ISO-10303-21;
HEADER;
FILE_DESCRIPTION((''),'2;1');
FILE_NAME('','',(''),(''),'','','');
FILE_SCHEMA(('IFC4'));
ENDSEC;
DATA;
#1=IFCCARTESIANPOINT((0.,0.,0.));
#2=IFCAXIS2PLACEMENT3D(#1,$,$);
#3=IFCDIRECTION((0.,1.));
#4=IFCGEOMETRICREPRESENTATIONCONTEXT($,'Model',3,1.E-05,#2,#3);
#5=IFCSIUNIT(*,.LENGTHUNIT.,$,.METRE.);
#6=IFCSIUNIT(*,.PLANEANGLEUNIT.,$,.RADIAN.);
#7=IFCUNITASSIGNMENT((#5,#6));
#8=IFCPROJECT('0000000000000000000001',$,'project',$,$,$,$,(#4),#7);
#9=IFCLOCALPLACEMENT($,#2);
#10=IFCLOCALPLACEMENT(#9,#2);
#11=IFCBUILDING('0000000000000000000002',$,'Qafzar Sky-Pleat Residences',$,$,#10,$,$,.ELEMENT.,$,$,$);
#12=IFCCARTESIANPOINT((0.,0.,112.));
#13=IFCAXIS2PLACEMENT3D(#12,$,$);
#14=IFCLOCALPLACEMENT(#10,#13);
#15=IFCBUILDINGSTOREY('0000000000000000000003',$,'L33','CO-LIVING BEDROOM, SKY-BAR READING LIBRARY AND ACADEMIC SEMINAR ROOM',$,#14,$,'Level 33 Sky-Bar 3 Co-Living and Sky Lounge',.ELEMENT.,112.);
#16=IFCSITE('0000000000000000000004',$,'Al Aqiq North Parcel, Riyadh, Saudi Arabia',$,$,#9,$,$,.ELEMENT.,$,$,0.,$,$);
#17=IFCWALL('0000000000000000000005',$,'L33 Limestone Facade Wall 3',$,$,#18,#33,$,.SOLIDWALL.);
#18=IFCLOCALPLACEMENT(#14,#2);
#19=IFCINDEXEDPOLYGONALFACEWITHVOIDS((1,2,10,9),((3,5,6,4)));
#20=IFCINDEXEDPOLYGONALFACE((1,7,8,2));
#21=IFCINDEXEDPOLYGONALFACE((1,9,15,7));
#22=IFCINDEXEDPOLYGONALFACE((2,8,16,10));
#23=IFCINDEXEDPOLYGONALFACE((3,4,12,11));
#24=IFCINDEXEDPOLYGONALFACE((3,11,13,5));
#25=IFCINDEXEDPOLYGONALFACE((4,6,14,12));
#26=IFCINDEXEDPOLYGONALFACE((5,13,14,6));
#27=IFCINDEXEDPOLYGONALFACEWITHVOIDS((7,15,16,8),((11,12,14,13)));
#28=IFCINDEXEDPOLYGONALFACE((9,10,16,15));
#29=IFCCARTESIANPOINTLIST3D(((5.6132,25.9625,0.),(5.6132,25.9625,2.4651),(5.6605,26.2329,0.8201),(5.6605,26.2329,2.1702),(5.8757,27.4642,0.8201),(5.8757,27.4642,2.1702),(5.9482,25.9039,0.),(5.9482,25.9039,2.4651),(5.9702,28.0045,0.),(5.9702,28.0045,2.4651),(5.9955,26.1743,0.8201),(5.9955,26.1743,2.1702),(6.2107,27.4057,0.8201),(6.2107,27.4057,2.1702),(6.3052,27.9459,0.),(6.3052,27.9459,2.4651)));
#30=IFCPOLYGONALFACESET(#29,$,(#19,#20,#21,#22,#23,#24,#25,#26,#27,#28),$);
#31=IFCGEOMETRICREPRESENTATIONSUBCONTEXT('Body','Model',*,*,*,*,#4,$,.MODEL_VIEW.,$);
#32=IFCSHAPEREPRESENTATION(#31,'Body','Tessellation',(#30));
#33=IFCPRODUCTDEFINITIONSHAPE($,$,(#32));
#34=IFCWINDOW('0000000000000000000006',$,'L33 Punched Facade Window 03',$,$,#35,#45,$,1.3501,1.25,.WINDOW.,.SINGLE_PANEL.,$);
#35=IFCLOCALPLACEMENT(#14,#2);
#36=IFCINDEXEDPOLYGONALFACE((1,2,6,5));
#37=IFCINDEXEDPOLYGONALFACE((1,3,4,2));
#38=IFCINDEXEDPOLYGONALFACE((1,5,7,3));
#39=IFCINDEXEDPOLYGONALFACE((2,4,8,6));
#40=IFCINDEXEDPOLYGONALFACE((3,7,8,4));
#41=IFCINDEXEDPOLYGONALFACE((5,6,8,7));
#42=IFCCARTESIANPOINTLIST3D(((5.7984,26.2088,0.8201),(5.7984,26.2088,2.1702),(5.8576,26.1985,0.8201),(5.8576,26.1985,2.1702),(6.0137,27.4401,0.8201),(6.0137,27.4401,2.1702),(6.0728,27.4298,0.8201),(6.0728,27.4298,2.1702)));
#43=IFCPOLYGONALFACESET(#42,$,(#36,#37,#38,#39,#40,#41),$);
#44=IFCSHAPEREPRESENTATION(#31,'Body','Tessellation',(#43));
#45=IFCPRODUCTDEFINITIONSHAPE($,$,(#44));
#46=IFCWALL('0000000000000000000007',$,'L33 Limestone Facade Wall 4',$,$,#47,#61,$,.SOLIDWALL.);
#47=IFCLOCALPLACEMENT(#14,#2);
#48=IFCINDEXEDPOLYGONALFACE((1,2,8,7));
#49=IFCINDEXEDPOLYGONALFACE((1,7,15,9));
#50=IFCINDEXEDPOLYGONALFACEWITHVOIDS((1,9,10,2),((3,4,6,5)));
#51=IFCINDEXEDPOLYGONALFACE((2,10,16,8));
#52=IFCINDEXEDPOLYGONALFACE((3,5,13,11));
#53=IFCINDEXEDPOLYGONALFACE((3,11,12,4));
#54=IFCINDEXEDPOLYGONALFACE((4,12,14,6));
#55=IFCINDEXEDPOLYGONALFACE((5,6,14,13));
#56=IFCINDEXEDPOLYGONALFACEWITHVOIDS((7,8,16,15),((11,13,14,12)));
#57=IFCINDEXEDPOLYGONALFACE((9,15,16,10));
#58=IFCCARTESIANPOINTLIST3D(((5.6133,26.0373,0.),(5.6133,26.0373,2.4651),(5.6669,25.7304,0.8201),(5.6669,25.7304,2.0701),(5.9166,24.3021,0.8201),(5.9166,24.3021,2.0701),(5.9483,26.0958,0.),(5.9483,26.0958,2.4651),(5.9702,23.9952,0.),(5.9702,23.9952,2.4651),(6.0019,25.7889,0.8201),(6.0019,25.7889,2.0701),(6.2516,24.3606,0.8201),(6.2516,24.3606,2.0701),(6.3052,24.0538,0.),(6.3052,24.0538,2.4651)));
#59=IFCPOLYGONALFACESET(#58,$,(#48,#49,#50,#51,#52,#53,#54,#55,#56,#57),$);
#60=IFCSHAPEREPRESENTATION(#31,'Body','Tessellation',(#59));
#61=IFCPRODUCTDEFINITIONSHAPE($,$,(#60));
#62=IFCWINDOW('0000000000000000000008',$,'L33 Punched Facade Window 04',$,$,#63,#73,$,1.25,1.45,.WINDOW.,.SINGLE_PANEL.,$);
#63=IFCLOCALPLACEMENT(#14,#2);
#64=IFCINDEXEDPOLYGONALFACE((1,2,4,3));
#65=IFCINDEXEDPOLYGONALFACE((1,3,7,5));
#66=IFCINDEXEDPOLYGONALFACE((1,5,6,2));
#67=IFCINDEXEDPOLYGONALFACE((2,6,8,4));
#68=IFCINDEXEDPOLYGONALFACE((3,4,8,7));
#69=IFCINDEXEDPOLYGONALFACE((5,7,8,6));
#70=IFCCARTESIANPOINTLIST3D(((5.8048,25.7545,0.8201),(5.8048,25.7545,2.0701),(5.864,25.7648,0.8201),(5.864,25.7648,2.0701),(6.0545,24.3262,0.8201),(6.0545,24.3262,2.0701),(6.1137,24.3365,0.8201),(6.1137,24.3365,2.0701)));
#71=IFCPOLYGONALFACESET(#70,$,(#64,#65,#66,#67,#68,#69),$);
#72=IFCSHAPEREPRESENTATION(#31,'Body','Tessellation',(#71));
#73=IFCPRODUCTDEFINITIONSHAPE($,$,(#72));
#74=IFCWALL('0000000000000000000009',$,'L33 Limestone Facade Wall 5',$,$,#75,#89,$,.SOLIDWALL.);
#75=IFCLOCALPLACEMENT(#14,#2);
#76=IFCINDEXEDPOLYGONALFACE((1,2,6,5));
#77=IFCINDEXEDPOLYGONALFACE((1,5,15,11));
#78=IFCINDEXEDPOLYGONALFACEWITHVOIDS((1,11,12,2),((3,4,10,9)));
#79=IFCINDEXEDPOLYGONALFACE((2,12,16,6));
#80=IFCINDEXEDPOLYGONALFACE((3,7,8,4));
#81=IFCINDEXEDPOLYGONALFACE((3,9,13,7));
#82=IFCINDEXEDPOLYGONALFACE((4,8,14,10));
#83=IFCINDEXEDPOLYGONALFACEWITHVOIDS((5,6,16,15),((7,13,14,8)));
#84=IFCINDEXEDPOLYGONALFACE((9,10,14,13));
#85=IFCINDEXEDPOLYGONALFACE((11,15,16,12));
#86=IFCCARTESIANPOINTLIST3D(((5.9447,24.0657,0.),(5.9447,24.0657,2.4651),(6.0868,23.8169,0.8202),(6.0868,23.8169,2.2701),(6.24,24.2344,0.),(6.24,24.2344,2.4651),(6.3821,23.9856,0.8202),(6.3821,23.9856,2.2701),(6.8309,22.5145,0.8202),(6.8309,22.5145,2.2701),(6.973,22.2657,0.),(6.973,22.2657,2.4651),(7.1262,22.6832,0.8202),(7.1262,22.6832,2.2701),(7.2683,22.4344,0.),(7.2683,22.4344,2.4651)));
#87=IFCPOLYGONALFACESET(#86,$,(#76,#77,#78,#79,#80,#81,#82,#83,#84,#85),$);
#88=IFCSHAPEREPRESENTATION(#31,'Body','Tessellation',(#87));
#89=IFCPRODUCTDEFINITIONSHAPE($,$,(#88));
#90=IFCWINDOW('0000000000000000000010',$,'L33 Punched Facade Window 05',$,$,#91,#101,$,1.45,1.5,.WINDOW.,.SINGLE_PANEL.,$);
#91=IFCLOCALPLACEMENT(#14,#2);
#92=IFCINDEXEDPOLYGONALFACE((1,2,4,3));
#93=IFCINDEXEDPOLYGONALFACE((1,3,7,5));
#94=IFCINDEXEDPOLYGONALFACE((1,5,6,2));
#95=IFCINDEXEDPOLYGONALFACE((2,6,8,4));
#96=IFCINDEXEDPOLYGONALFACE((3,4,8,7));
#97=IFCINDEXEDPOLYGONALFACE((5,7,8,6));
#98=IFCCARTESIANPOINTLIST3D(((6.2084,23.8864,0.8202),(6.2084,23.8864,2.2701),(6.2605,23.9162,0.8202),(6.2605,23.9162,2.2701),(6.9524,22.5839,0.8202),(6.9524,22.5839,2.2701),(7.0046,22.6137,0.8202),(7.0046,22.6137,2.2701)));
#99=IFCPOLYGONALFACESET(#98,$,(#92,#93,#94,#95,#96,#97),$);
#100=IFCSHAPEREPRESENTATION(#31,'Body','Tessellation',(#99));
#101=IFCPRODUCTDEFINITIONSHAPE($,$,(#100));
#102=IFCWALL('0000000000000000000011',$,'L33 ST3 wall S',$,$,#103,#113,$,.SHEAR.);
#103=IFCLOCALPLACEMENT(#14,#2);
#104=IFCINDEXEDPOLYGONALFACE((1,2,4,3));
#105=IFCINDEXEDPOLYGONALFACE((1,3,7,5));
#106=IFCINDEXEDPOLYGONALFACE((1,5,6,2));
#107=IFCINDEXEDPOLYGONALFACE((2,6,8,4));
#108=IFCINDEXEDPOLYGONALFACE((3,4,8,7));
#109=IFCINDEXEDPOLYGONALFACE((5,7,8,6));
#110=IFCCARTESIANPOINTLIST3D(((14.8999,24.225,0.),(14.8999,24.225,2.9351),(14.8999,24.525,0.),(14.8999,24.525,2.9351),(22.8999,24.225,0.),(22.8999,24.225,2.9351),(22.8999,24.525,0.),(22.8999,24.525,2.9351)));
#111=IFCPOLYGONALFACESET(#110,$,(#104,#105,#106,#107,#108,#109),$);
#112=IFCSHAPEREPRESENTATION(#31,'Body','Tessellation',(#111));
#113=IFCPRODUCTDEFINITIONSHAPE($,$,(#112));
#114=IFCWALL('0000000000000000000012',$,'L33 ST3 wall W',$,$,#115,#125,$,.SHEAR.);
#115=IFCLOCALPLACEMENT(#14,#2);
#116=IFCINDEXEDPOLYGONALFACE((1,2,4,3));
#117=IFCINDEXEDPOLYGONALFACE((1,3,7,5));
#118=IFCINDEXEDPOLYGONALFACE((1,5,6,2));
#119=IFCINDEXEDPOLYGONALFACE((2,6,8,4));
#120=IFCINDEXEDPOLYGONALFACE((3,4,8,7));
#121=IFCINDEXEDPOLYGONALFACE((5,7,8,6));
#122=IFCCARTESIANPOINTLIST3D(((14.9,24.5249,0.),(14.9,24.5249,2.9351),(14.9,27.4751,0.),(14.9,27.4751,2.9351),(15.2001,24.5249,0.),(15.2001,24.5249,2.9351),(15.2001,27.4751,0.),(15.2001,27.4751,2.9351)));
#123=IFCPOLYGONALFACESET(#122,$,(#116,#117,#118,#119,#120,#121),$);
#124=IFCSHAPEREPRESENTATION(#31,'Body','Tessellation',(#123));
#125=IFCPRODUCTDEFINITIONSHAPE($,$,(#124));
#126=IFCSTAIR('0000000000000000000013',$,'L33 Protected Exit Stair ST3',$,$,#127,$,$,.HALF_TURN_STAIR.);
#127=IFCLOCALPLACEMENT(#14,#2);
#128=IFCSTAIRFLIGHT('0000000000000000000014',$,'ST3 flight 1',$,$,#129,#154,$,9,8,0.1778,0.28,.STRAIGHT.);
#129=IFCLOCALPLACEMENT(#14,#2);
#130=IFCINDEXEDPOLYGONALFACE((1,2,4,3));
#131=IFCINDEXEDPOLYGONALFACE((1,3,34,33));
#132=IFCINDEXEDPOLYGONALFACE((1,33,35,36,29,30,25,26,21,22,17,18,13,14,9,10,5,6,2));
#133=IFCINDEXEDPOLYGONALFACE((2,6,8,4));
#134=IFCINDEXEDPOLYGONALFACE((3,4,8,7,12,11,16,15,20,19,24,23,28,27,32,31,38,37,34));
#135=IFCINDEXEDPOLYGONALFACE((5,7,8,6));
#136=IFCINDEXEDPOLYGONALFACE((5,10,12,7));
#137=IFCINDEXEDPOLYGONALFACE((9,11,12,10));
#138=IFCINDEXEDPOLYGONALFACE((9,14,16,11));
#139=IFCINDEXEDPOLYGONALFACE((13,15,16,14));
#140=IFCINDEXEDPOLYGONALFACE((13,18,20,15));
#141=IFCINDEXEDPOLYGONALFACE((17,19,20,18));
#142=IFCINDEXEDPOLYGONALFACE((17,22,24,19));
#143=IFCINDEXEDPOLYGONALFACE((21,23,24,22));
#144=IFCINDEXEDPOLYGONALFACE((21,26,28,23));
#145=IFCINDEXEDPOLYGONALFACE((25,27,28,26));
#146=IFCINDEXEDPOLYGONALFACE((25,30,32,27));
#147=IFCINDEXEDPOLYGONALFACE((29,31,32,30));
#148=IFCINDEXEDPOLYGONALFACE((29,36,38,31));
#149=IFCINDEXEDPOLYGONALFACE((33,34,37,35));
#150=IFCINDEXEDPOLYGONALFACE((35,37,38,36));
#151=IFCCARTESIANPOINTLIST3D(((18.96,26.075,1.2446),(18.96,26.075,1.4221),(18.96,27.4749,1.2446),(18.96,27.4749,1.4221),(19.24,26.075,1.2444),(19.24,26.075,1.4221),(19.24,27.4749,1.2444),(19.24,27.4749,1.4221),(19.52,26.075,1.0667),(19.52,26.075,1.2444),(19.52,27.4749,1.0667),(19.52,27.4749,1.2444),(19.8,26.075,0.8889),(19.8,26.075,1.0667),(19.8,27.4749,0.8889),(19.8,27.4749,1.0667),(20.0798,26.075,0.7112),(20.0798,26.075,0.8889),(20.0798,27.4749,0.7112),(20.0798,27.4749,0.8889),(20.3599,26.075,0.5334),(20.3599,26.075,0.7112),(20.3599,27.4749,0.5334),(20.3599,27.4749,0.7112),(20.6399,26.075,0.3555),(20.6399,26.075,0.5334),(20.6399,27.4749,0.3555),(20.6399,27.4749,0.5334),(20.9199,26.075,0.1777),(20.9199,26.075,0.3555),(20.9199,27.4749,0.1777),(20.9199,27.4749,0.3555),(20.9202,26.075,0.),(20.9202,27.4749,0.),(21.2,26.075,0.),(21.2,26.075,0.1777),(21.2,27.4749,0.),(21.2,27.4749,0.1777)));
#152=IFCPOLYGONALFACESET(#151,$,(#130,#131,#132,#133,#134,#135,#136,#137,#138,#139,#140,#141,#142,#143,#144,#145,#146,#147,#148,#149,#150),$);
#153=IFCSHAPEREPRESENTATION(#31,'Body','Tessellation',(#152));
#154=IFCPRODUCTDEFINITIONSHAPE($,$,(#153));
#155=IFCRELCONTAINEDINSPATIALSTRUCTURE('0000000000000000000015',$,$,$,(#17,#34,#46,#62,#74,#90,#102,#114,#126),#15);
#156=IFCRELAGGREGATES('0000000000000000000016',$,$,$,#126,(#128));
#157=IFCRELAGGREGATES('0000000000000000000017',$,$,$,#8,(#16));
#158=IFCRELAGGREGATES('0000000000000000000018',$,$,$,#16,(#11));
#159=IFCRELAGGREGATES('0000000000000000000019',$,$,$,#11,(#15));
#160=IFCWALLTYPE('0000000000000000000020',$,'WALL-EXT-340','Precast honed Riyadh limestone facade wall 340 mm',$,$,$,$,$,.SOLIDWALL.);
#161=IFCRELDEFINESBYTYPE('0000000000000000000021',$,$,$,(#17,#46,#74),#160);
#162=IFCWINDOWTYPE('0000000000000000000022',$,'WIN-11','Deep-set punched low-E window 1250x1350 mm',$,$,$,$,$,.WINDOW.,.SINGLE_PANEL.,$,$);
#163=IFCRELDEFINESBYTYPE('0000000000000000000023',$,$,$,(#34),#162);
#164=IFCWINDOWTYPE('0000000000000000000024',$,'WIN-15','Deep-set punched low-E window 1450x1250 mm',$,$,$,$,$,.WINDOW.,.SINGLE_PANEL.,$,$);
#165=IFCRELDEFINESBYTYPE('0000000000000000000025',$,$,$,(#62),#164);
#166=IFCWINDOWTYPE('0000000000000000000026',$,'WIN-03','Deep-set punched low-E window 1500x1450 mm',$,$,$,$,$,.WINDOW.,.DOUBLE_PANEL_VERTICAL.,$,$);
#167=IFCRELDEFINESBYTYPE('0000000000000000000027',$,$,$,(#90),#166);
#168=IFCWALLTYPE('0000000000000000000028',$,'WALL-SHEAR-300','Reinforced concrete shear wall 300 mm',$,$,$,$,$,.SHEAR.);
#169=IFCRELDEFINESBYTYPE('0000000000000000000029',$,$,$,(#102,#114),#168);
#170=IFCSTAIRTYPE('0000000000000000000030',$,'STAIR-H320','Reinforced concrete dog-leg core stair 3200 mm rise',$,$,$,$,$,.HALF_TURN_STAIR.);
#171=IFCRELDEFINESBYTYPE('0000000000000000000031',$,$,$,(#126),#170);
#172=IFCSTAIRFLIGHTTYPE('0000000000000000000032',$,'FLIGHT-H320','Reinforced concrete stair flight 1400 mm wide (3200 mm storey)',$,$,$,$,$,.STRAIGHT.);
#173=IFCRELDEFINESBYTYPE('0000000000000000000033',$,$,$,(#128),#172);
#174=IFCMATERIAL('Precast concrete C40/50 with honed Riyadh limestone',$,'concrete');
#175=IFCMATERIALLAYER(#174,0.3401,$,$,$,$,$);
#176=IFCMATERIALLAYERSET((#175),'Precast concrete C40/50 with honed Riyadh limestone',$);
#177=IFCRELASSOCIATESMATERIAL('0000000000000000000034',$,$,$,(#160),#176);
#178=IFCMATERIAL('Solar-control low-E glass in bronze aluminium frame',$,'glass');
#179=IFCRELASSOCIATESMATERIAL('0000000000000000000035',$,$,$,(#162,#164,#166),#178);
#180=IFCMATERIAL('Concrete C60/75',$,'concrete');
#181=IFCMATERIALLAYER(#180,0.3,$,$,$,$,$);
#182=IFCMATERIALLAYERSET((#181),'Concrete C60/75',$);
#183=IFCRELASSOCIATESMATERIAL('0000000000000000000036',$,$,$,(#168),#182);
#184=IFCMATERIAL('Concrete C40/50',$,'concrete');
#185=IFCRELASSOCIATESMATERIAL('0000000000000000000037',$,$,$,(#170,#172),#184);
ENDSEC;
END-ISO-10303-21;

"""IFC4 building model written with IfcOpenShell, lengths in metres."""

from ifc_helpers import new_model, si_unit, direction, frame, frame_2d, origin, place, context, subcontext, project, spatial, polyline, rectangle, outline, extrude, source, transform, mapped, material, layer, layer_set, type_object, element, fill, aggregate, save


model = new_model("IFC4")

# Units and contexts
model_context = context("Model", 3, precision=1e-05, world=origin(), true_north=direction((0.0, 1.0)))
body_context = subcontext(model_context, "Body", "Model", "MODEL_VIEW")
ifc_project = project(units=[si_unit("LENGTHUNIT", "METRE"), si_unit("PLANEANGLEUNIT", "RADIAN")], contexts=[model_context])

# Site, building, storey
site_placement = place(None, origin())
site = spatial("IfcSite", under=ifc_project, at=site_placement, Name="Al Aqiq North Parcel, Riyadh, Saudi Arabia", CompositionType="ELEMENT", RefElevation=0.0)
building_placement = place(site_placement, origin())
building = spatial("IfcBuilding", under=site, at=building_placement, Name="Qafzar Sky-Pleat Residences", CompositionType="ELEMENT")
storey_placement = place(building_placement, frame((0.0, 0.0, 112.0)))
storey = spatial("IfcBuildingStorey", under=building, at=storey_placement, Name="L33", Description="CO-LIVING BEDROOM, SKY-BAR READING LIBRARY AND ACADEMIC SEMINAR ROOM", LongName="Level 33 Sky-Bar 3 Co-Living and Sky Lounge", CompositionType="ELEMENT", Elevation=112.0)

# Walls, openings, windows
ifc_material_1 = material(Name="Precast concrete C40/50 with honed Riyadh limestone", Category="concrete")
ifc_layer_1 = layer(ifc_material_1, 0.3401)
ifc_layer_set_1 = layer_set([ifc_layer_1], Name="Precast concrete C40/50 with honed Riyadh limestone")
wall_type_1 = type_object("IfcWallType", Name="WALL-EXT-340", Description="Precast honed Riyadh limestone facade wall 340 mm", PredefinedType="SOLIDWALL", material=ifc_layer_set_1)
ifc_material_2 = material(Name="Solar-control low-E glass in bronze aluminium frame", Category="glass")
wall_1_placement = place(storey_placement, frame((6.1377, 27.9753, 0.0), z_axis=(0.0, 0.0, 1.0), x_axis=(-0.172186, -0.985064, 0.0)))
wall_1 = element("IfcWall", 1, at=wall_1_placement, inside=storey, type_object=wall_type_1, Name="L33 Limestone Facade Wall 3", PredefinedType="SOLIDWALL", context=body_context, shape_type="SweptSolid", body=[
    extrude(rectangle(XDim=2.073, YDim=0.3401, at=frame_2d((1.0366, 0.0))), origin(), (0.0, 0.0, 1.0), 2.4651),
])
opening_1_placement = place(wall_1_placement, frame((0.5486, 0.0, 0.8201)))
opening_1 = element("IfcOpeningElement", 2, at=opening_1_placement, cuts=wall_1, PredefinedType="OPENING", context=body_context, shape_type="SweptSolid", body=[
    extrude(rectangle(XDim=1.25, YDim=1.3501, at=frame_2d((0.625, 0.675))), frame((0.0, 0.1802, 0.0), z_axis=(0.0, -1.0, 0.0), x_axis=(1.0, 0.0, 0.0)), (0.0, 0.0, 1.0), 0.3601),
])
window_type_1 = type_object("IfcWindowType", Name="WIN-11", Description="Deep-set punched low-E window 1250x1350 mm", PartitioningType="SINGLE_PANEL", PredefinedType="WINDOW", material=ifc_material_2)
shared_shape_1 = source(origin(), body_context, "Body", "SweptSolid", [
    extrude(rectangle(XDim=1.25, YDim=1.3501, at=frame_2d((0.625, 0.675))), frame((0.0, 0.03, 0.0), z_axis=(0.0, -1.0, 0.0), x_axis=(1.0, 0.0, 0.0)), (0.0, 0.0, 1.0), 0.0601),
])
window_1_placement = place(opening_1_placement, origin())
window_1 = element("IfcWindow", 3, at=window_1_placement, inside=storey, type_object=window_type_1, Name="L33 Punched Facade Window 03", OverallHeight=1.3501, OverallWidth=1.25, PartitioningType="SINGLE_PANEL", PredefinedType="WINDOW", context=body_context, shape_type="MappedRepresentation", body=[
    mapped(shared_shape_1, transform((0.0, 0.0, 0.0), x_axis=(1.0, 0.0, 0.0), y_axis=(0.0, 1.0, 0.0), z_axis=(0.0, 0.0, 1.0), scale=1.0)),
])
fill(opening_1, window_1)
wall_2_placement = place(storey_placement, frame((5.7808, 26.0667, 0.0), z_axis=(0.0, 0.0, 1.0), x_axis=(0.172186, -0.985064, 0.0)))
wall_2 = element("IfcWall", 4, at=wall_2_placement, inside=storey, type_object=wall_type_1, Name="L33 Limestone Facade Wall 4", PredefinedType="SOLIDWALL", context=body_context, shape_type="SweptSolid", body=[
    extrude(rectangle(XDim=2.073, YDim=0.3401, at=frame_2d((1.0366, 0.0))), origin(), (0.0, 0.0, 1.0), 2.4651),
])
opening_2_placement = place(wall_2_placement, frame((0.3115, 0.0, 0.8201)))
opening_2 = element("IfcOpeningElement", 5, at=opening_2_placement, cuts=wall_2, PredefinedType="OPENING", context=body_context, shape_type="SweptSolid", body=[
    extrude(rectangle(XDim=1.45, YDim=1.25, at=frame_2d((0.7251, 0.625))), frame((0.0, 0.1802, 0.0), z_axis=(0.0, -1.0, 0.0), x_axis=(1.0, 0.0, 0.0)), (0.0, 0.0, 1.0), 0.3601),
])
window_type_2 = type_object("IfcWindowType", Name="WIN-15", Description="Deep-set punched low-E window 1450x1250 mm", PartitioningType="SINGLE_PANEL", PredefinedType="WINDOW", material=ifc_material_2)
shared_shape_2 = source(origin(), body_context, "Body", "SweptSolid", [
    extrude(rectangle(XDim=1.45, YDim=1.25, at=frame_2d((0.7251, 0.625))), frame((0.0, 0.03, 0.0), z_axis=(0.0, -1.0, 0.0), x_axis=(1.0, 0.0, 0.0)), (0.0, 0.0, 1.0), 0.0601),
])
window_2_placement = place(opening_2_placement, origin())
window_2 = element("IfcWindow", 6, at=window_2_placement, inside=storey, type_object=window_type_2, Name="L33 Punched Facade Window 04", OverallHeight=1.25, OverallWidth=1.45, PartitioningType="SINGLE_PANEL", PredefinedType="WINDOW", context=body_context, shape_type="MappedRepresentation", body=[
    mapped(shared_shape_2, transform((0.0, 0.0, 0.0), x_axis=(1.0, 0.0, 0.0), y_axis=(0.0, 1.0, 0.0), z_axis=(0.0, 0.0, 1.0), scale=1.0)),
])
fill(opening_2, window_2)
wall_3_placement = place(storey_placement, frame((6.0923, 24.1501, 0.0), z_axis=(0.0, 0.0, 1.0), x_axis=(0.496037, -0.868301, 0.0)))
wall_3 = element("IfcWall", 7, at=wall_3_placement, inside=storey, type_object=wall_type_1, Name="L33 Limestone Facade Wall 5", PredefinedType="SOLIDWALL", context=body_context, shape_type="SweptSolid", body=[
    extrude(rectangle(XDim=2.073, YDim=0.3401, at=frame_2d((1.0366, 0.0))), origin(), (0.0, 0.0, 1.0), 2.4651),
])
opening_3_placement = place(wall_3_placement, frame((0.2866, 0.0, 0.8201)))
opening_3 = element("IfcOpeningElement", 8, at=opening_3_placement, cuts=wall_3, PredefinedType="OPENING", context=body_context, shape_type="SweptSolid", body=[
    extrude(rectangle(XDim=1.5, YDim=1.45, at=frame_2d((0.75, 0.7251))), frame((0.0, 0.1802, 0.0), z_axis=(0.0, -1.0, 0.0), x_axis=(1.0, 0.0, 0.0)), (0.0, 0.0, 1.0), 0.3601),
])
window_type_3 = type_object("IfcWindowType", Name="WIN-03", Description="Deep-set punched low-E window 1500x1450 mm", PartitioningType="DOUBLE_PANEL_VERTICAL", PredefinedType="WINDOW", material=ifc_material_2)
shared_shape_3 = source(origin(), body_context, "Body", "SweptSolid", [
    extrude(rectangle(XDim=1.5, YDim=1.45, at=frame_2d((0.75, 0.7251))), frame((0.0, 0.03, 0.0), z_axis=(0.0, -1.0, 0.0), x_axis=(1.0, 0.0, 0.0)), (0.0, 0.0, 1.0), 0.0601),
])
window_3_placement = place(opening_3_placement, origin())
window_3 = element("IfcWindow", 9, at=window_3_placement, inside=storey, type_object=window_type_3, Name="L33 Punched Facade Window 05", OverallHeight=1.45, OverallWidth=1.5, PartitioningType="SINGLE_PANEL", PredefinedType="WINDOW", context=body_context, shape_type="MappedRepresentation", body=[
    mapped(shared_shape_3, transform((0.0, 0.0, 0.0), x_axis=(1.0, 0.0, 0.0), y_axis=(0.0, 1.0, 0.0), z_axis=(0.0, 0.0, 1.0), scale=1.0)),
])
fill(opening_3, window_3)

# Walls
ifc_material_3 = material(Name="Concrete C60/75", Category="concrete")
ifc_layer_2 = layer(ifc_material_3, 0.3)
ifc_layer_set_2 = layer_set([ifc_layer_2], Name="Concrete C60/75")
wall_type_2 = type_object("IfcWallType", Name="WALL-SHEAR-300", Description="Reinforced concrete shear wall 300 mm", PredefinedType="SHEAR", material=ifc_layer_set_2)
wall_4_placement = place(storey_placement, frame((14.8999, 24.375, 0.0), z_axis=(0.0, 0.0, 1.0), x_axis=(1.0, 0.0, 0.0)))
element("IfcWall", 10, at=wall_4_placement, inside=storey, type_object=wall_type_2, Name="L33 ST3 wall S", PredefinedType="SHEAR", context=body_context, shape_type="SweptSolid", body=[
    extrude(rectangle(XDim=8.0, YDim=0.3, at=frame_2d((4.0, 0.0))), origin(), (0.0, 0.0, 1.0), 2.9351),
])
wall_5_placement = place(storey_placement, frame((15.05, 27.4751, 0.0), z_axis=(0.0, 0.0, 1.0), x_axis=(0.0, -1.0, 0.0)))
element("IfcWall", 11, at=wall_5_placement, inside=storey, type_object=wall_type_2, Name="L33 ST3 wall W", PredefinedType="SHEAR", context=body_context, shape_type="SweptSolid", body=[
    extrude(rectangle(XDim=2.9502, YDim=0.3, at=frame_2d((1.4751, 0.0))), origin(), (0.0, 0.0, 1.0), 2.9351),
])

# Stair, stair flight
ifc_material_4 = material(Name="Concrete C40/50", Category="concrete")
stair_type = type_object("IfcStairType", Name="STAIR-H320", Description="Reinforced concrete dog-leg core stair 3200 mm rise", PredefinedType="HALF_TURN_STAIR", material=ifc_material_4)
stair_placement = place(storey_placement, origin())
stair = element("IfcStair", 12, at=stair_placement, inside=storey, type_object=stair_type, Name="L33 Protected Exit Stair ST3", PredefinedType="HALF_TURN_STAIR")
stair_flight_type = type_object("IfcStairFlightType", Name="FLIGHT-H320", Description="Reinforced concrete stair flight 1400 mm wide (3200 mm storey)", PredefinedType="STRAIGHT", material=ifc_material_4)
shared_shape_4 = source(origin(), body_context, "Body", "SweptSolid", [
    extrude(outline(polyline([(0.0, 0.0), (0.0, 0.1777), (0.28, 0.1777), (0.28, 0.3555), (0.5601, 0.3555), (0.5601, 0.5334), (0.8401, 0.5334), (0.8401, 0.7112), (1.1201, 0.7112), (1.1201, 0.8889), (1.3999, 0.8889), (1.3999, 1.0667), (1.6799, 1.0667), (1.6799, 1.2444), (1.96, 1.2444), (1.96, 1.4221), (2.24, 1.4221), (2.24, 1.6001), (2.24, 1.2446), (0.2798, 0.0), (0.0, 0.0)])), frame((0.0, 0.7, 0.0), z_axis=(0.0, -1.0, 0.0), x_axis=(1.0, 0.0, 0.0)), (0.0, 0.0, 1.0), 1.3999),
])
stair_flight_1_placement = place(storey_placement, frame((21.2, 26.7749, 0.0), z_axis=(0.0, 0.0, 1.0), x_axis=(-1.0, 0.0, 0.0)))
stair_flight_1 = element("IfcStairFlight", 13, at=stair_flight_1_placement, type_object=stair_flight_type, Name="ST3 flight 1", NumberOfRisers=9, NumberOfTreads=8, PredefinedType="STRAIGHT", RiserHeight=0.1778, TreadLength=0.28, context=body_context, shape_type="MappedRepresentation", body=[
    mapped(shared_shape_4, transform((0.0, 0.0, 0.0), x_axis=(1.0, 0.0, 0.0), y_axis=(0.0, 1.0, 0.0), z_axis=(0.0, 0.0, 1.0), scale=1.0)),
])
aggregate(stair, [stair_flight_1])

save(model, "model.ifc")
